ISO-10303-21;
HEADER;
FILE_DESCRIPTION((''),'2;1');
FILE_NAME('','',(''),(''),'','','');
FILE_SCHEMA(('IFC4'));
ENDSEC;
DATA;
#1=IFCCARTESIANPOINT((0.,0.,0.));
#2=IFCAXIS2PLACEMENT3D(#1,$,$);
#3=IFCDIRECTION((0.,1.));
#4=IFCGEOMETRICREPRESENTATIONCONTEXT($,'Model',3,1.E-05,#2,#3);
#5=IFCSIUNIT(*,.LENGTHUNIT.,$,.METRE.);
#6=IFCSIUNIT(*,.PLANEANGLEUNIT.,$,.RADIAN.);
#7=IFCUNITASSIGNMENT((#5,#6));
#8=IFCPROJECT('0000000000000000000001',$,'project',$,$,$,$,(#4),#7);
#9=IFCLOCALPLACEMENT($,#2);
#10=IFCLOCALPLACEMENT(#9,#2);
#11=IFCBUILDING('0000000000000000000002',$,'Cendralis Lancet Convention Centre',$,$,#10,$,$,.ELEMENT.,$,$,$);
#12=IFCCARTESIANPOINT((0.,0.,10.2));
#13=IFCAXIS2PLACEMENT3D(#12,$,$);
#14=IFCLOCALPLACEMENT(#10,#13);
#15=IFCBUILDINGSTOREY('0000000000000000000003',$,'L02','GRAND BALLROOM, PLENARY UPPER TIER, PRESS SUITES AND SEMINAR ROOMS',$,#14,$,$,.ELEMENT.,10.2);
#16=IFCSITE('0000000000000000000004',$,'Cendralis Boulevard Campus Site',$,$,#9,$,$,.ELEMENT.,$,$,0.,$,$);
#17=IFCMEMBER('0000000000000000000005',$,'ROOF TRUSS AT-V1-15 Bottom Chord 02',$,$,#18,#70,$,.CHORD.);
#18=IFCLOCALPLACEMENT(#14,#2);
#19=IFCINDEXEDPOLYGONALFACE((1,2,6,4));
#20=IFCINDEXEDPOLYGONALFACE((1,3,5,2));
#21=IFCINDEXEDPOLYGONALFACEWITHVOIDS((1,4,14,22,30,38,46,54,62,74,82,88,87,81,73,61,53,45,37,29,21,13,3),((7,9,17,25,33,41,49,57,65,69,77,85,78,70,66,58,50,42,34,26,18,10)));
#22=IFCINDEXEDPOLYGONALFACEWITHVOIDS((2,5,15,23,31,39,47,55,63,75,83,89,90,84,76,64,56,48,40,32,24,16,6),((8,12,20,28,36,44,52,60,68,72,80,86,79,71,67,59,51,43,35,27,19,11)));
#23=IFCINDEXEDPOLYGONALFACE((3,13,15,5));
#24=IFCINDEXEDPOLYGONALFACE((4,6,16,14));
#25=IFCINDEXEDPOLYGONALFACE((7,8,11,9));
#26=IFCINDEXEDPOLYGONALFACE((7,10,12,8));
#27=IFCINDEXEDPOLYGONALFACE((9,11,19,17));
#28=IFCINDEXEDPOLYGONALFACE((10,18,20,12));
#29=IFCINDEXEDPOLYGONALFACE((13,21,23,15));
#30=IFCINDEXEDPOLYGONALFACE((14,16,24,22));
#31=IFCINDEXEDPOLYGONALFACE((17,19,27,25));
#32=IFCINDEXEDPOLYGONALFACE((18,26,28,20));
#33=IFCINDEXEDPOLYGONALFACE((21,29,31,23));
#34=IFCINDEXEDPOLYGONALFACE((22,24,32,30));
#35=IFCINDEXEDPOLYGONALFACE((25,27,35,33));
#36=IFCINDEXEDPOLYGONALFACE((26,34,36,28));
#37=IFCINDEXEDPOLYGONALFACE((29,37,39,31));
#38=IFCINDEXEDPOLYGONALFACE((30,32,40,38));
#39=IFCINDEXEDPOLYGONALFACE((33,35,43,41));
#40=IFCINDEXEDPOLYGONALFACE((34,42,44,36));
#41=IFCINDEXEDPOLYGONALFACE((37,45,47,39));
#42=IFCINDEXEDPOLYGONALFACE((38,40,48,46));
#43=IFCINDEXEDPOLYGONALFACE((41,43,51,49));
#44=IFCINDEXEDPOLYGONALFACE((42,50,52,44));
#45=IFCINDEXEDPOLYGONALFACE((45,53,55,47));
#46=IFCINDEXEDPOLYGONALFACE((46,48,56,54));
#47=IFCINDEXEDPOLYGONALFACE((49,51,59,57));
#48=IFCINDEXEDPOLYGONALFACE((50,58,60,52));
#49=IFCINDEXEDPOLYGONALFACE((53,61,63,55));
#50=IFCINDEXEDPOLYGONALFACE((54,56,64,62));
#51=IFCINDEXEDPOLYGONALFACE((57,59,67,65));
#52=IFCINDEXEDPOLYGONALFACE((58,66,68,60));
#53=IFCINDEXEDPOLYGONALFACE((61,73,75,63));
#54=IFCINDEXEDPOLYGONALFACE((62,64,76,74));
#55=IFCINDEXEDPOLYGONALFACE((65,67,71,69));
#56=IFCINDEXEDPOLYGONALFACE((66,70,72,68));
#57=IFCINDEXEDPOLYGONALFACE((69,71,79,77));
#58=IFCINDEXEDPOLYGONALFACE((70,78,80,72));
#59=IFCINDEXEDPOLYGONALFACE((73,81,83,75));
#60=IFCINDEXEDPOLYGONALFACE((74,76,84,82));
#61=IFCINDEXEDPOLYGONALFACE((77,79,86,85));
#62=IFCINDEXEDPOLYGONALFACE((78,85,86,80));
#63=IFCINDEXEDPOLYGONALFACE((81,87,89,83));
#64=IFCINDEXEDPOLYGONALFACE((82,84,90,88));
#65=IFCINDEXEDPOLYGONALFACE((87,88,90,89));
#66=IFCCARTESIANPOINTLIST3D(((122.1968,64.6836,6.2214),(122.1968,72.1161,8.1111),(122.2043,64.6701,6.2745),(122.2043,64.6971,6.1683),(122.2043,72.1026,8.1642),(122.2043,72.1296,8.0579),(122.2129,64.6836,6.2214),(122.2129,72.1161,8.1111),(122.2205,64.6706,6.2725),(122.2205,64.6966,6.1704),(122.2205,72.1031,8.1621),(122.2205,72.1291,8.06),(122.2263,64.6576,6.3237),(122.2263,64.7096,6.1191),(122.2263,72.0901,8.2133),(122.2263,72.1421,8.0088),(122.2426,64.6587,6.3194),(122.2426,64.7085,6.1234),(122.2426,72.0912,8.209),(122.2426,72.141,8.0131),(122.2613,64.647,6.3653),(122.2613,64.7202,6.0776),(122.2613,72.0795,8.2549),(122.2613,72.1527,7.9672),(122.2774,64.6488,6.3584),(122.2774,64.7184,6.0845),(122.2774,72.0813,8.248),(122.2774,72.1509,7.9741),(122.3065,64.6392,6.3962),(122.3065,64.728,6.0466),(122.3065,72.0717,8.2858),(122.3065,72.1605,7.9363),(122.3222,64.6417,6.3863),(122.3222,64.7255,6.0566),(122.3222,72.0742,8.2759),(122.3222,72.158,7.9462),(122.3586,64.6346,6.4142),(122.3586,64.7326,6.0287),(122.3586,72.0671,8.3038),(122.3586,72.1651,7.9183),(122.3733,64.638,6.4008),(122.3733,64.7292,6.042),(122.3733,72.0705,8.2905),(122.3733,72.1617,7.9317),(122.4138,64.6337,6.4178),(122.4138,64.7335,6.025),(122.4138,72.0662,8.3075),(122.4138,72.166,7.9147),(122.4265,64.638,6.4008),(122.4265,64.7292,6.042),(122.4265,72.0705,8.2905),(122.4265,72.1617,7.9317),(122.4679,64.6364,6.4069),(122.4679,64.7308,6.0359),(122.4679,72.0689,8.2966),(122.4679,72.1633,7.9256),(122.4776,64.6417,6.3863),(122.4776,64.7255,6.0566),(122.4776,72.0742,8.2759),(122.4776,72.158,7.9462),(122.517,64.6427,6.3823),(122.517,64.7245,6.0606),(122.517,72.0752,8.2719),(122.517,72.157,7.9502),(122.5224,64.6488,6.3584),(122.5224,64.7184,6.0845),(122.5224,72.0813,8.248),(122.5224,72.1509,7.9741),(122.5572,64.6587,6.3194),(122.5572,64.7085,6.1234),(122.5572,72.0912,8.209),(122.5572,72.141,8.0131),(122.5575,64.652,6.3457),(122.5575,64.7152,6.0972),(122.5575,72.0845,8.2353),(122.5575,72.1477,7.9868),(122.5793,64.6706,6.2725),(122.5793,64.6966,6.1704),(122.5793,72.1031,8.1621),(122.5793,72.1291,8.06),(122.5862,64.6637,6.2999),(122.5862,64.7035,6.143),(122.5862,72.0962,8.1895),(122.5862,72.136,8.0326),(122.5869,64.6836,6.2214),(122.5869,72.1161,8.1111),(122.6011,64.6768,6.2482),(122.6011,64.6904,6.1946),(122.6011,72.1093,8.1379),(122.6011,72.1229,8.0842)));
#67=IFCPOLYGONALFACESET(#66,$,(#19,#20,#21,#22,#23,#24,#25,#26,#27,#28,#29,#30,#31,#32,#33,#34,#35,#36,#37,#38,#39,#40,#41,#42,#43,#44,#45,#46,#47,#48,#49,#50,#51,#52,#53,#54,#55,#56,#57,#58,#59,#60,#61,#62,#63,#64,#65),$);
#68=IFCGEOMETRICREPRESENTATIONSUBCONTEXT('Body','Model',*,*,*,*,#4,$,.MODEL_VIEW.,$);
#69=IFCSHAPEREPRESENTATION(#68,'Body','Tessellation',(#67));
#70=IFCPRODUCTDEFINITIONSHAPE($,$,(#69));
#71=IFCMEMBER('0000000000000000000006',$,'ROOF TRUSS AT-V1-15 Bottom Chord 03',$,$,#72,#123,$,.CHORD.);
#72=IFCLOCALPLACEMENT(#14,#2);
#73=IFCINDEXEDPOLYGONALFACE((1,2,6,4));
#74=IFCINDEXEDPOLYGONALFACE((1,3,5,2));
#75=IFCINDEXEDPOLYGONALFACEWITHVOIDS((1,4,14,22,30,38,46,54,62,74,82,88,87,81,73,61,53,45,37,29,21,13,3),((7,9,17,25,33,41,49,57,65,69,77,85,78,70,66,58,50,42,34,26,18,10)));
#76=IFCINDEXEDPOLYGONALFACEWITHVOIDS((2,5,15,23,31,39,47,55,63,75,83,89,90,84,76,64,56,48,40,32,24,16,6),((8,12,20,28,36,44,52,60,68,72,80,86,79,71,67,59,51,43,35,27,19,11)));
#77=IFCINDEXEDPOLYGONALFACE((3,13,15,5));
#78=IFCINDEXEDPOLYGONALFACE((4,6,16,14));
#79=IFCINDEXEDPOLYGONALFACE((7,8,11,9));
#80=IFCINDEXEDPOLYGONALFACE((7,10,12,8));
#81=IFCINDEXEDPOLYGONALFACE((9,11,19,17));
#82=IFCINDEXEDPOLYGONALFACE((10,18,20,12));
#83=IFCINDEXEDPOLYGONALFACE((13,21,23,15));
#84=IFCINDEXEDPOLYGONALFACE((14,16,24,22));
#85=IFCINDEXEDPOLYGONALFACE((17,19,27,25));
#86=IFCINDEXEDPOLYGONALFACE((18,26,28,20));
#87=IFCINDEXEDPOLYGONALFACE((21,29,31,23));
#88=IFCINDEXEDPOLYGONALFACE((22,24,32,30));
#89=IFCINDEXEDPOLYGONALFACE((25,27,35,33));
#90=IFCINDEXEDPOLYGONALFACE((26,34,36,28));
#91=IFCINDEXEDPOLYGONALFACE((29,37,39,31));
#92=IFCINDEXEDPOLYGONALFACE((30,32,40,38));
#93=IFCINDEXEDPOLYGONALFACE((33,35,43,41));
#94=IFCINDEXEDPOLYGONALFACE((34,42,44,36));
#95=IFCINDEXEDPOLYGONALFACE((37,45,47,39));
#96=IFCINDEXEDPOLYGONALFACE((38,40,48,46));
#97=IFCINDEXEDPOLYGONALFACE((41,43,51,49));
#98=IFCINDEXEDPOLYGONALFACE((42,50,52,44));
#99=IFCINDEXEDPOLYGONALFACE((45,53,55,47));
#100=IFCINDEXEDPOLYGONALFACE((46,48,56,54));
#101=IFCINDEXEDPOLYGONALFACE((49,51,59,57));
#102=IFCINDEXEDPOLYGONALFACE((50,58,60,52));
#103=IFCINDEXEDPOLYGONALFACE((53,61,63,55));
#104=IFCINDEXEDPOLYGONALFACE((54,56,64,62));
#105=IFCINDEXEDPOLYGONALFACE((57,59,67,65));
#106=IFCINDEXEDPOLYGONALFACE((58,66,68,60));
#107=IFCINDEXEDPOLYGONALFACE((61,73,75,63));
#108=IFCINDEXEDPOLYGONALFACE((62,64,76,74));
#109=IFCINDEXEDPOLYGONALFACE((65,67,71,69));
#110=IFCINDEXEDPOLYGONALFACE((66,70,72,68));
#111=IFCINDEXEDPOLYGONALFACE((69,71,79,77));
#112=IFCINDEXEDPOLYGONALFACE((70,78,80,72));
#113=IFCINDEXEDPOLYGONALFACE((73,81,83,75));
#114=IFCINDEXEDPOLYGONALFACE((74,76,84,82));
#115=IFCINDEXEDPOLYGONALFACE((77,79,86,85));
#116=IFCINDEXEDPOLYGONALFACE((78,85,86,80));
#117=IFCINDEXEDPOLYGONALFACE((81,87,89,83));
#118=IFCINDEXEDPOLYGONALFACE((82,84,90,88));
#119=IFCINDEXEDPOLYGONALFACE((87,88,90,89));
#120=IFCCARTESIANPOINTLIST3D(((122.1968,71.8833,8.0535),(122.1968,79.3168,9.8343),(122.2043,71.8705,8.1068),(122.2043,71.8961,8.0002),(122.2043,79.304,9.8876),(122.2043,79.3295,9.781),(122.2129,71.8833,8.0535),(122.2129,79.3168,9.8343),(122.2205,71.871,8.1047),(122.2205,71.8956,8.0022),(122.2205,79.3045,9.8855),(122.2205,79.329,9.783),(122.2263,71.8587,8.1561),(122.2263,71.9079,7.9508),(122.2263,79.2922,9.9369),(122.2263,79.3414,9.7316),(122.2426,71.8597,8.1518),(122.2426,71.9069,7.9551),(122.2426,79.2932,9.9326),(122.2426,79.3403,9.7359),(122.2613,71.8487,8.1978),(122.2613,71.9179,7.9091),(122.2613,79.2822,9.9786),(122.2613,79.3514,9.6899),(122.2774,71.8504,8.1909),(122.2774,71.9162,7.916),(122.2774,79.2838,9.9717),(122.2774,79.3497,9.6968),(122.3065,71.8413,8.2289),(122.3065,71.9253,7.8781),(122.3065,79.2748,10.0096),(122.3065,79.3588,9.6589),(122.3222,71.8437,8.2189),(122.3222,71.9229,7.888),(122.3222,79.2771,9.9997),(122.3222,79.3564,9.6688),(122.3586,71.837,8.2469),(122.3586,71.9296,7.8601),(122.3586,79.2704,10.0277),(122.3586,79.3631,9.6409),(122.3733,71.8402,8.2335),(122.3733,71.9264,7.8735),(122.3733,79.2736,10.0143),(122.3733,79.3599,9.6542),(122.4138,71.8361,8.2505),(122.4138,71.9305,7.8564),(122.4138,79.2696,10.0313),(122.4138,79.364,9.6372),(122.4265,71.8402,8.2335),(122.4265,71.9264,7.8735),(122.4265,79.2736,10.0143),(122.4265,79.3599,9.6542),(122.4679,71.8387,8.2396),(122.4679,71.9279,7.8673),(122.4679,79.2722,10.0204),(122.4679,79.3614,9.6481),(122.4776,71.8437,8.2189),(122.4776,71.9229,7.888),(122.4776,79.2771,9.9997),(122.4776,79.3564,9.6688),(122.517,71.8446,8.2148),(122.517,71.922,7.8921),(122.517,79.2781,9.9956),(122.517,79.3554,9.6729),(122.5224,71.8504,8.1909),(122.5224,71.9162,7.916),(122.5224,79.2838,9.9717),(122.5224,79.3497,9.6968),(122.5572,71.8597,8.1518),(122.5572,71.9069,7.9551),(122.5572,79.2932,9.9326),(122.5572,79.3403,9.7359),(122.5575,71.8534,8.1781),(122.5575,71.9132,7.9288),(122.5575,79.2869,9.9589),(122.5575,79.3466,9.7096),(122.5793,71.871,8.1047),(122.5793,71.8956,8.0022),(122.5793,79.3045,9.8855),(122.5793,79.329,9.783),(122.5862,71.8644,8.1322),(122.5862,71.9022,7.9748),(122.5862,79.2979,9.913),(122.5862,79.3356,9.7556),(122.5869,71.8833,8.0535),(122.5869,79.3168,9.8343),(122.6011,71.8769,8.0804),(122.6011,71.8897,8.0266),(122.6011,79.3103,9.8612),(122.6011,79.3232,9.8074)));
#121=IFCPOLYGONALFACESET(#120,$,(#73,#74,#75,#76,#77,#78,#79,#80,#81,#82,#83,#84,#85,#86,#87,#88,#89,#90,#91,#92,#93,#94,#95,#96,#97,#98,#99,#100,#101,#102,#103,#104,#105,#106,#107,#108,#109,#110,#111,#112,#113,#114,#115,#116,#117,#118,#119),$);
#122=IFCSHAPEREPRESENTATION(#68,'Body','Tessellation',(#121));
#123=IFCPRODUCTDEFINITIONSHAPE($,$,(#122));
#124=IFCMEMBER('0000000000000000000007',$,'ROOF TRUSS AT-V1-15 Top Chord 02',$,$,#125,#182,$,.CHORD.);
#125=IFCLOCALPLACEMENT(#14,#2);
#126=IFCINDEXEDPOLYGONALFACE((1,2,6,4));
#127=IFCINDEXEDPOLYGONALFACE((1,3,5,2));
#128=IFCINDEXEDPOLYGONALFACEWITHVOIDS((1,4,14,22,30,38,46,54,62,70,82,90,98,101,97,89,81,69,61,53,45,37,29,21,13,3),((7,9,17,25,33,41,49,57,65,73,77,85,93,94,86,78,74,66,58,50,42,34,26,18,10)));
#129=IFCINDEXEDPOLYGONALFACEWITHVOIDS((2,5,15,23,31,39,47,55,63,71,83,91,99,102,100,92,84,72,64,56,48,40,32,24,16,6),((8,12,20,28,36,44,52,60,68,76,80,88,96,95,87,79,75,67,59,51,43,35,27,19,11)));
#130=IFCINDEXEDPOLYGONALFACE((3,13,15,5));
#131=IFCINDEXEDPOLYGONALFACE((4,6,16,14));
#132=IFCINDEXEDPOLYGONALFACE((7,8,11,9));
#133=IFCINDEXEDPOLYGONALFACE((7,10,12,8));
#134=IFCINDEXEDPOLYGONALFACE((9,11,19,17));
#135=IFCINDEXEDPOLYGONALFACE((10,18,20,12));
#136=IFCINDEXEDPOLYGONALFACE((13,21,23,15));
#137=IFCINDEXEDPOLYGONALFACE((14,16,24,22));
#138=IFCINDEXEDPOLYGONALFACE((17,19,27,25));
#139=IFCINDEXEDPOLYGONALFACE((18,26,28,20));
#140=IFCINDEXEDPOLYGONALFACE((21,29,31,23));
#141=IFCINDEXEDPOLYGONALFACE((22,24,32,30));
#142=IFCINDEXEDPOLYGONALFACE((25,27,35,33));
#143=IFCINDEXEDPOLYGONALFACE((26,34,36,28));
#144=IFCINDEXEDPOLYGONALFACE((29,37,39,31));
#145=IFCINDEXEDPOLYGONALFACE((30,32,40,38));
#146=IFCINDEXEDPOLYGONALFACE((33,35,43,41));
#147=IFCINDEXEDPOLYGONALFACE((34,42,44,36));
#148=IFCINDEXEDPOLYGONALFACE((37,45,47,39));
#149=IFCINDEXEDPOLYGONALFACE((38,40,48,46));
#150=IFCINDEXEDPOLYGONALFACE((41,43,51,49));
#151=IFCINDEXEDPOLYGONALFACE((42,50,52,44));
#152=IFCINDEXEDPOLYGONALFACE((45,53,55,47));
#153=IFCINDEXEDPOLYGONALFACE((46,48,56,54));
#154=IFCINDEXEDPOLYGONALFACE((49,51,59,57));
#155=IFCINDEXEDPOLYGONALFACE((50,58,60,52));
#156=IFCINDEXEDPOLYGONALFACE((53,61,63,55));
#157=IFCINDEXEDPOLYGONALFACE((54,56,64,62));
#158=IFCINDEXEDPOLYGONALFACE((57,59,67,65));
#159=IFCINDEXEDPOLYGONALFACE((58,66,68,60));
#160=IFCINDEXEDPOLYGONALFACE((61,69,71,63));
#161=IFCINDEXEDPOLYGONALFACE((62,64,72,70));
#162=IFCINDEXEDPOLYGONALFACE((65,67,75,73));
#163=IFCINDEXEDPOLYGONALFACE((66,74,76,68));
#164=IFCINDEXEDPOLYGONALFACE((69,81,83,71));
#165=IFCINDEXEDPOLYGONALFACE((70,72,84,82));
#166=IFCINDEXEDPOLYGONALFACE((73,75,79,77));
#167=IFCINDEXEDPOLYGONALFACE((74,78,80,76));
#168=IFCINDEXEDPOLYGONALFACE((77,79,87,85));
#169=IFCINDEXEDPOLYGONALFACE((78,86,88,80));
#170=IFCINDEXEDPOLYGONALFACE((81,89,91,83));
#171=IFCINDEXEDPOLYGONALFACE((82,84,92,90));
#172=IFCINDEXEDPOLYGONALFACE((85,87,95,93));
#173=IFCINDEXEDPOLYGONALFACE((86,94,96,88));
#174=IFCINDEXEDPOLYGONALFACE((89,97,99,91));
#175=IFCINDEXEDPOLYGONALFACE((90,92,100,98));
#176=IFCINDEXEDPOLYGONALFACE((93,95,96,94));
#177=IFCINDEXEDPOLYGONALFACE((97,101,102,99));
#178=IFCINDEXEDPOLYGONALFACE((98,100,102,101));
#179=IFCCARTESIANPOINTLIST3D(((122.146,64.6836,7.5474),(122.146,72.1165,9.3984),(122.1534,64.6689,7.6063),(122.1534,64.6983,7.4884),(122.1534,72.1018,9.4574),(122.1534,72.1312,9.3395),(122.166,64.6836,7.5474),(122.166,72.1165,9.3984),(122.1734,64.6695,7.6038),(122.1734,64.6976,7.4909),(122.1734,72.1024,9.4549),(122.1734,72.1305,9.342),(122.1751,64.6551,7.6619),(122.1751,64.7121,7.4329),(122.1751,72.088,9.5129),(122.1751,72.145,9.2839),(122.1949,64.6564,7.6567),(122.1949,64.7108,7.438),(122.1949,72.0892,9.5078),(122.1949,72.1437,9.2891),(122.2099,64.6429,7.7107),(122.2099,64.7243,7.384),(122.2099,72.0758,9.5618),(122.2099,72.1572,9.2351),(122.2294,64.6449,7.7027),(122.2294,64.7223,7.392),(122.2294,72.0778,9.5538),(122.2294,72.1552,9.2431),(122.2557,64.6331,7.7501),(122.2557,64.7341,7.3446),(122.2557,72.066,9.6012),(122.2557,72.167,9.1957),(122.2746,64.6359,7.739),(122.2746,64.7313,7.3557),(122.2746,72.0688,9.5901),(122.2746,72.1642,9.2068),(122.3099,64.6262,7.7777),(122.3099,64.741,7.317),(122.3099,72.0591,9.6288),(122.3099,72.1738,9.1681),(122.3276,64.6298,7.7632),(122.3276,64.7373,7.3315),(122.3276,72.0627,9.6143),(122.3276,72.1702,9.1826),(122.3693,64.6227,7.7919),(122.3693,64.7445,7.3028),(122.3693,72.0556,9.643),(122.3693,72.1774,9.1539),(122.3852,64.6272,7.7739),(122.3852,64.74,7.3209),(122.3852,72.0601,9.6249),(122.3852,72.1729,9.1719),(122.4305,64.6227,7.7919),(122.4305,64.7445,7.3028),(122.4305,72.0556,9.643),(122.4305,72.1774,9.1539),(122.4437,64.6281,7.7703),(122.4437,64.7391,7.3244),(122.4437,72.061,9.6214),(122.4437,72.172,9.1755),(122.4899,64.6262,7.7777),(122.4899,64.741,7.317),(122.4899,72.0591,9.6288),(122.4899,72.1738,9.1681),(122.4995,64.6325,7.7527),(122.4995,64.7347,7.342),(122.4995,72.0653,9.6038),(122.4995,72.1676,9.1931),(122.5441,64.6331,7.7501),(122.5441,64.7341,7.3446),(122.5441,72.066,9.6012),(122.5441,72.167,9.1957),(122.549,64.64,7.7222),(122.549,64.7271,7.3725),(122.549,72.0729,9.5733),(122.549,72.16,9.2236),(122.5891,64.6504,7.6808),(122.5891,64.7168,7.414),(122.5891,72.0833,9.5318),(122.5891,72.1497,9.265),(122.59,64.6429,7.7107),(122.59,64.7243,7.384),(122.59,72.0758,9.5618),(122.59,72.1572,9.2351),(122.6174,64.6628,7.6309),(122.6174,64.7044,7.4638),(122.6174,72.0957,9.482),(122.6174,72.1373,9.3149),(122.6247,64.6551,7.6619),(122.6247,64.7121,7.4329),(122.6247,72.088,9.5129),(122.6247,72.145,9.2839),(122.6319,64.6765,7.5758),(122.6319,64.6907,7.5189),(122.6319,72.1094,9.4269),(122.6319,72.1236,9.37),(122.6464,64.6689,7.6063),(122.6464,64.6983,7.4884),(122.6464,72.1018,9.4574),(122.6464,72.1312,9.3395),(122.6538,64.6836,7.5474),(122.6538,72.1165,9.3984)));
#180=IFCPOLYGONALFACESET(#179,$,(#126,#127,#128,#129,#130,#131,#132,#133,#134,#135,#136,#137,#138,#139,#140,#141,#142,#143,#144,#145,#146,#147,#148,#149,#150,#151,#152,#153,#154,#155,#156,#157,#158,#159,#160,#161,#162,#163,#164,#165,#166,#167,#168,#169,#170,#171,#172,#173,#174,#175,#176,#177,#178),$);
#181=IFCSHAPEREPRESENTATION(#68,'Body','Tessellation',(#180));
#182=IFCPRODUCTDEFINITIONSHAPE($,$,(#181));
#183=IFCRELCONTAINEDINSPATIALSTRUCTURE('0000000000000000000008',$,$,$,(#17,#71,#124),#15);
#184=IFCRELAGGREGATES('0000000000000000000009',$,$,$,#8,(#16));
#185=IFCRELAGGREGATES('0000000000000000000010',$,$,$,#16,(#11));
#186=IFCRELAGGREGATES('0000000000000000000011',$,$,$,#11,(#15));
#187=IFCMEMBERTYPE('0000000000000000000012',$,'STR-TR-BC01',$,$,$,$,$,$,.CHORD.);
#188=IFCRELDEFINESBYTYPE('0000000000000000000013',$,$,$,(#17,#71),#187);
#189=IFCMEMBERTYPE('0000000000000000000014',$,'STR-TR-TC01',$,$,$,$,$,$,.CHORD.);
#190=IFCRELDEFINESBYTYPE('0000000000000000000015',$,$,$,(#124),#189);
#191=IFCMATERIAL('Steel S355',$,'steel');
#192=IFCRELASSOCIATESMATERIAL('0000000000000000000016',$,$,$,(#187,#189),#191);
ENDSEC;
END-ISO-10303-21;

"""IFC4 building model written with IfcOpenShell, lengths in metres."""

from ifc_helpers import new_model, si_unit, direction, frame, origin, origin_2d, place, context, subcontext, project, spatial, hollow_circle, extrude, material, material_profile, profile_set, type_object, element, save


model = new_model("IFC4")

# Units and contexts
model_context = context("Model", 3, precision=1e-05, world=origin(), true_north=direction((0.0, 1.0)))
body_context = subcontext(model_context, "Body", "Model", "MODEL_VIEW")
ifc_project = project(units=[si_unit("LENGTHUNIT", "METRE"), si_unit("PLANEANGLEUNIT", "RADIAN")], contexts=[model_context])

# Site, building, storey
site_placement = place(None, origin())
site = spatial("IfcSite", under=ifc_project, at=site_placement, Name="Cendralis Boulevard Campus Site", CompositionType="ELEMENT", RefElevation=0.0)
building_placement = place(site_placement, origin())
building = spatial("IfcBuilding", under=site, at=building_placement, Name="Cendralis Lancet Convention Centre", CompositionType="ELEMENT")
storey_placement = place(building_placement, frame((0.0, 0.0, 10.2)))
storey = spatial("IfcBuildingStorey", under=building, at=storey_placement, Name="L02", Description="GRAND BALLROOM, PLENARY UPPER TIER, PRESS SUITES AND SEMINAR ROOMS", CompositionType="ELEMENT", Elevation=10.2)

# Shared definitions
ifc_material_1 = material(Name="Steel S355", Category="steel")

# Members
ifc_material_profile_1 = material_profile(ifc_material_1, hollow_circle(Radius=0.2031, WallThickness=0.0161, at=origin_2d()), Name="CHS 406.4x16.0")
ifc_profile_set_1 = profile_set([ifc_material_profile_1], Name="Steel S355")
member_type_1 = type_object("IfcMemberType", Name="STR-TR-BC01", PredefinedType="CHORD", material=ifc_profile_set_1)
member_1_placement = place(storey_placement, frame((122.3999, 64.6836, 6.2214), z_axis=(0.0, 0.969169, 0.246399), x_axis=(-1.0, 0.0, 0.0)))
element("IfcMember", 1, at=member_1_placement, inside=storey, type_object=member_type_1, Name="ROOF TRUSS AT-V1-15 Bottom Chord 02", PredefinedType="CHORD", context=body_context, shape_type="SweptSolid", body=[
    extrude(hollow_circle(Radius=0.2031, WallThickness=0.0161, at=origin_2d()), origin(), (0.0, 0.0, 1.0), 7.6689),
])
member_2_placement = place(storey_placement, frame((122.3999, 71.8833, 8.0535), z_axis=(0.0, 0.972483, 0.232972), x_axis=(-1.0, 0.0, 0.0)))
element("IfcMember", 2, at=member_2_placement, inside=storey, type_object=member_type_1, Name="ROOF TRUSS AT-V1-15 Bottom Chord 03", PredefinedType="CHORD", context=body_context, shape_type="SweptSolid", body=[
    extrude(hollow_circle(Radius=0.2031, WallThickness=0.0161, at=origin_2d()), origin(), (0.0, 0.0, 1.0), 7.6438),
])
ifc_material_profile_2 = material_profile(ifc_material_1, hollow_circle(Radius=0.2539, WallThickness=0.02, at=origin_2d()), Name="CHS 508.0x20.0")
ifc_profile_set_2 = profile_set([ifc_material_profile_2], Name="Steel S355")
member_type_2 = type_object("IfcMemberType", Name="STR-TR-TC01", PredefinedType="CHORD", material=ifc_profile_set_2)
member_3_placement = place(storey_placement, frame((122.3999, 64.6836, 7.5474), z_axis=(0.0, 0.970361, 0.241658), x_axis=(-1.0, 0.0, 0.0)))
element("IfcMember", 3, at=member_3_placement, inside=storey, type_object=member_type_2, Name="ROOF TRUSS AT-V1-15 Top Chord 02", PredefinedType="CHORD", context=body_context, shape_type="SweptSolid", body=[
    extrude(hollow_circle(Radius=0.2539, WallThickness=0.02, at=origin_2d()), origin(), (0.0, 0.0, 1.0), 7.6599),
])

save(model, "model.ifc")
